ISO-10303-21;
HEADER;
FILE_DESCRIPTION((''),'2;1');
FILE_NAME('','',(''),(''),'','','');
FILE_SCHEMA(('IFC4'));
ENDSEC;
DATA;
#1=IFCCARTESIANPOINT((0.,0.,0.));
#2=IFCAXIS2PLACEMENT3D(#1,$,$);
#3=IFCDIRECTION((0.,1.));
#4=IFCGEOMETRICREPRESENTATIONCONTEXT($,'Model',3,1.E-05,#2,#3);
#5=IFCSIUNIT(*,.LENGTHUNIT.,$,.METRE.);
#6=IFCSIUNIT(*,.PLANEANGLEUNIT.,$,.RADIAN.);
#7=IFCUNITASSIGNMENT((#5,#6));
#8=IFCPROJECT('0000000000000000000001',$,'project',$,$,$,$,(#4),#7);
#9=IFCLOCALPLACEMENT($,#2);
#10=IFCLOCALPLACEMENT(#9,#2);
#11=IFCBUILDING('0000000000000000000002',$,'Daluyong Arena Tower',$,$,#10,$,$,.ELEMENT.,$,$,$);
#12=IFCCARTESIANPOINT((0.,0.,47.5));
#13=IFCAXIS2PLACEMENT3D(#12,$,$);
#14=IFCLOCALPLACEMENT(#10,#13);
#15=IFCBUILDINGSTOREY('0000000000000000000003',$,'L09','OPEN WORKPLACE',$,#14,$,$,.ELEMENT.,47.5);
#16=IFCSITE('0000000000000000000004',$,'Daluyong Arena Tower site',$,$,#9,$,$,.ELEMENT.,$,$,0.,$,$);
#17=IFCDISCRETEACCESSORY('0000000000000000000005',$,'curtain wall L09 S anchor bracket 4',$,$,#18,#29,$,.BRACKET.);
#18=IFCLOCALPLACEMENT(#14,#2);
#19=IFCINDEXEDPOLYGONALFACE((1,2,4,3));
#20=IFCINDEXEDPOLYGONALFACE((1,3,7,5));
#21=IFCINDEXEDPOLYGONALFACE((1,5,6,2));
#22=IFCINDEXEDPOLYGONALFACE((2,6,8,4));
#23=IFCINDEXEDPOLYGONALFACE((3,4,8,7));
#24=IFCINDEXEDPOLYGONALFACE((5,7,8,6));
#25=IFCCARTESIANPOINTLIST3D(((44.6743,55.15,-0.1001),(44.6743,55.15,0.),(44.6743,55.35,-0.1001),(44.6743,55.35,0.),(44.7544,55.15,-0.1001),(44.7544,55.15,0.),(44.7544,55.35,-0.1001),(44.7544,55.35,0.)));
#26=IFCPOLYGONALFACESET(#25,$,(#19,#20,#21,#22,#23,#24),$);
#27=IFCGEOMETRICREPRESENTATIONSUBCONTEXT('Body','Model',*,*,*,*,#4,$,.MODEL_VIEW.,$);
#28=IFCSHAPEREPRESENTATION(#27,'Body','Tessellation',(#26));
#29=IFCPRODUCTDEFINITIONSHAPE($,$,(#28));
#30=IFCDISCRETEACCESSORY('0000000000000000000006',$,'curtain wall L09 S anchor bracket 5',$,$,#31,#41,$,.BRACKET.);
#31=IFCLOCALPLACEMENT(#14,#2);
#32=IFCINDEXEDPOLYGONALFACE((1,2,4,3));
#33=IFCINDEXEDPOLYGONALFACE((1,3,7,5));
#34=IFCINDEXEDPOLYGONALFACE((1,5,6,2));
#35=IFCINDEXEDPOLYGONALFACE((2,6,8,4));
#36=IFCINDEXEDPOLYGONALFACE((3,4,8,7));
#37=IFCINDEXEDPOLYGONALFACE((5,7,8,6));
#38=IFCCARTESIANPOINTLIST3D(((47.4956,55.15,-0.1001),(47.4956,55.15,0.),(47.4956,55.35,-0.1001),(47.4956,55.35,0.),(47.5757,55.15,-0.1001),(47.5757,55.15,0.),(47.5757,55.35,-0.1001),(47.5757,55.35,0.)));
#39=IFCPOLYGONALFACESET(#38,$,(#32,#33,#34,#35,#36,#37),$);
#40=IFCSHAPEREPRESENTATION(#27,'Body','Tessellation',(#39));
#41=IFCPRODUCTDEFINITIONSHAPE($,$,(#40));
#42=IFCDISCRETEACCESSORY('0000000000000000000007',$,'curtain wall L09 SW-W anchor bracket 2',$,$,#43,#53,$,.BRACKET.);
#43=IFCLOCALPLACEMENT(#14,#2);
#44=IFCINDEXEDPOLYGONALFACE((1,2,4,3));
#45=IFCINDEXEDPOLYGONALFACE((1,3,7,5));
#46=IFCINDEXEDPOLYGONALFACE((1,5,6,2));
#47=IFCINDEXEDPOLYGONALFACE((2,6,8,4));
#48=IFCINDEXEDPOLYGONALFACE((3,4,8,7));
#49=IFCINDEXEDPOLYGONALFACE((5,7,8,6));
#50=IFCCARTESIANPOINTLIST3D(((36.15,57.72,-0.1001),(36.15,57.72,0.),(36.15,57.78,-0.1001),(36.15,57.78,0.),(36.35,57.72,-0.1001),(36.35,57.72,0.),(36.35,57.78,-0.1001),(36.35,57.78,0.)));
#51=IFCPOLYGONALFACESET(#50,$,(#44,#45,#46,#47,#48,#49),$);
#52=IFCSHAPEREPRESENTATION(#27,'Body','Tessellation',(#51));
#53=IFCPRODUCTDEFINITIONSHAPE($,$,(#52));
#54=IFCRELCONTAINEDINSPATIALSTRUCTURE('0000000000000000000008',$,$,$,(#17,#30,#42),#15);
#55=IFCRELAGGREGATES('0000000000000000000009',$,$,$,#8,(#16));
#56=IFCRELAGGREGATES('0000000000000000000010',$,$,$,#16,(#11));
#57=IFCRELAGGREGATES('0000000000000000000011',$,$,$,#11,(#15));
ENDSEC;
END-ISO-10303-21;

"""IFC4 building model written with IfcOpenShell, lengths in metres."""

from ifc_helpers import new_model, si_unit, direction, frame, origin, origin_2d, place, context, subcontext, project, spatial, rectangle, extrude, element, save


model = new_model("IFC4")

# Units and contexts
model_context = context("Model", 3, precision=1e-05, world=origin(), true_north=direction((0.0, 1.0)))
body_context = subcontext(model_context, "Body", "Model", "MODEL_VIEW")
ifc_project = project(units=[si_unit("LENGTHUNIT", "METRE"), si_unit("PLANEANGLEUNIT", "RADIAN")], contexts=[model_context])

# Site, building, storey
site_placement = place(None, origin())
site = spatial("IfcSite", under=ifc_project, at=site_placement, Name="Daluyong Arena Tower site", CompositionType="ELEMENT", RefElevation=0.0)
building_placement = place(site_placement, origin())
building = spatial("IfcBuilding", under=site, at=building_placement, Name="Daluyong Arena Tower", CompositionType="ELEMENT")
storey_placement = place(building_placement, frame((0.0, 0.0, 47.5)))
storey = spatial("IfcBuildingStorey", under=building, at=storey_placement, Name="L09", Description="OPEN WORKPLACE", CompositionType="ELEMENT", Elevation=47.5)

# Discrete accessories
for number, where, z_axis, x_axis, name in (
    (1, (44.7144, 55.25, -0.1001), (0.0, 0.0, 1.0), (1.0, 0.0, 0.0), "curtain wall L09 S anchor bracket 4"),
    (2, (47.5356, 55.25, -0.1001), (0.0, 0.0, 1.0), (1.0, 0.0, 0.0), "curtain wall L09 S anchor bracket 5"),
):
    element("IfcDiscreteAccessory", number, at=place(storey_placement, frame(where, z_axis=z_axis, x_axis=x_axis)), inside=storey, Name=name, PredefinedType="BRACKET", context=body_context, shape_type="SweptSolid", body=[
        extrude(rectangle(XDim=0.0801, YDim=0.2, at=origin_2d()), origin(), (0.0, 0.0, 1.0), 0.1001),
    ])
discrete_accessory_placement = place(storey_placement, frame((36.25, 57.75, -0.1001), z_axis=(0.0, 0.0, 1.0), x_axis=(0.0, -1.0, 0.0)))
element("IfcDiscreteAccessory", 3, at=discrete_accessory_placement, inside=storey, Name="curtain wall L09 SW-W anchor bracket 2", PredefinedType="BRACKET", context=body_context, shape_type="SweptSolid", body=[
    extrude(rectangle(XDim=0.0601, YDim=0.2, at=origin_2d()), origin(), (0.0, 0.0, 1.0), 0.1001),
])

save(model, "model.ifc")
